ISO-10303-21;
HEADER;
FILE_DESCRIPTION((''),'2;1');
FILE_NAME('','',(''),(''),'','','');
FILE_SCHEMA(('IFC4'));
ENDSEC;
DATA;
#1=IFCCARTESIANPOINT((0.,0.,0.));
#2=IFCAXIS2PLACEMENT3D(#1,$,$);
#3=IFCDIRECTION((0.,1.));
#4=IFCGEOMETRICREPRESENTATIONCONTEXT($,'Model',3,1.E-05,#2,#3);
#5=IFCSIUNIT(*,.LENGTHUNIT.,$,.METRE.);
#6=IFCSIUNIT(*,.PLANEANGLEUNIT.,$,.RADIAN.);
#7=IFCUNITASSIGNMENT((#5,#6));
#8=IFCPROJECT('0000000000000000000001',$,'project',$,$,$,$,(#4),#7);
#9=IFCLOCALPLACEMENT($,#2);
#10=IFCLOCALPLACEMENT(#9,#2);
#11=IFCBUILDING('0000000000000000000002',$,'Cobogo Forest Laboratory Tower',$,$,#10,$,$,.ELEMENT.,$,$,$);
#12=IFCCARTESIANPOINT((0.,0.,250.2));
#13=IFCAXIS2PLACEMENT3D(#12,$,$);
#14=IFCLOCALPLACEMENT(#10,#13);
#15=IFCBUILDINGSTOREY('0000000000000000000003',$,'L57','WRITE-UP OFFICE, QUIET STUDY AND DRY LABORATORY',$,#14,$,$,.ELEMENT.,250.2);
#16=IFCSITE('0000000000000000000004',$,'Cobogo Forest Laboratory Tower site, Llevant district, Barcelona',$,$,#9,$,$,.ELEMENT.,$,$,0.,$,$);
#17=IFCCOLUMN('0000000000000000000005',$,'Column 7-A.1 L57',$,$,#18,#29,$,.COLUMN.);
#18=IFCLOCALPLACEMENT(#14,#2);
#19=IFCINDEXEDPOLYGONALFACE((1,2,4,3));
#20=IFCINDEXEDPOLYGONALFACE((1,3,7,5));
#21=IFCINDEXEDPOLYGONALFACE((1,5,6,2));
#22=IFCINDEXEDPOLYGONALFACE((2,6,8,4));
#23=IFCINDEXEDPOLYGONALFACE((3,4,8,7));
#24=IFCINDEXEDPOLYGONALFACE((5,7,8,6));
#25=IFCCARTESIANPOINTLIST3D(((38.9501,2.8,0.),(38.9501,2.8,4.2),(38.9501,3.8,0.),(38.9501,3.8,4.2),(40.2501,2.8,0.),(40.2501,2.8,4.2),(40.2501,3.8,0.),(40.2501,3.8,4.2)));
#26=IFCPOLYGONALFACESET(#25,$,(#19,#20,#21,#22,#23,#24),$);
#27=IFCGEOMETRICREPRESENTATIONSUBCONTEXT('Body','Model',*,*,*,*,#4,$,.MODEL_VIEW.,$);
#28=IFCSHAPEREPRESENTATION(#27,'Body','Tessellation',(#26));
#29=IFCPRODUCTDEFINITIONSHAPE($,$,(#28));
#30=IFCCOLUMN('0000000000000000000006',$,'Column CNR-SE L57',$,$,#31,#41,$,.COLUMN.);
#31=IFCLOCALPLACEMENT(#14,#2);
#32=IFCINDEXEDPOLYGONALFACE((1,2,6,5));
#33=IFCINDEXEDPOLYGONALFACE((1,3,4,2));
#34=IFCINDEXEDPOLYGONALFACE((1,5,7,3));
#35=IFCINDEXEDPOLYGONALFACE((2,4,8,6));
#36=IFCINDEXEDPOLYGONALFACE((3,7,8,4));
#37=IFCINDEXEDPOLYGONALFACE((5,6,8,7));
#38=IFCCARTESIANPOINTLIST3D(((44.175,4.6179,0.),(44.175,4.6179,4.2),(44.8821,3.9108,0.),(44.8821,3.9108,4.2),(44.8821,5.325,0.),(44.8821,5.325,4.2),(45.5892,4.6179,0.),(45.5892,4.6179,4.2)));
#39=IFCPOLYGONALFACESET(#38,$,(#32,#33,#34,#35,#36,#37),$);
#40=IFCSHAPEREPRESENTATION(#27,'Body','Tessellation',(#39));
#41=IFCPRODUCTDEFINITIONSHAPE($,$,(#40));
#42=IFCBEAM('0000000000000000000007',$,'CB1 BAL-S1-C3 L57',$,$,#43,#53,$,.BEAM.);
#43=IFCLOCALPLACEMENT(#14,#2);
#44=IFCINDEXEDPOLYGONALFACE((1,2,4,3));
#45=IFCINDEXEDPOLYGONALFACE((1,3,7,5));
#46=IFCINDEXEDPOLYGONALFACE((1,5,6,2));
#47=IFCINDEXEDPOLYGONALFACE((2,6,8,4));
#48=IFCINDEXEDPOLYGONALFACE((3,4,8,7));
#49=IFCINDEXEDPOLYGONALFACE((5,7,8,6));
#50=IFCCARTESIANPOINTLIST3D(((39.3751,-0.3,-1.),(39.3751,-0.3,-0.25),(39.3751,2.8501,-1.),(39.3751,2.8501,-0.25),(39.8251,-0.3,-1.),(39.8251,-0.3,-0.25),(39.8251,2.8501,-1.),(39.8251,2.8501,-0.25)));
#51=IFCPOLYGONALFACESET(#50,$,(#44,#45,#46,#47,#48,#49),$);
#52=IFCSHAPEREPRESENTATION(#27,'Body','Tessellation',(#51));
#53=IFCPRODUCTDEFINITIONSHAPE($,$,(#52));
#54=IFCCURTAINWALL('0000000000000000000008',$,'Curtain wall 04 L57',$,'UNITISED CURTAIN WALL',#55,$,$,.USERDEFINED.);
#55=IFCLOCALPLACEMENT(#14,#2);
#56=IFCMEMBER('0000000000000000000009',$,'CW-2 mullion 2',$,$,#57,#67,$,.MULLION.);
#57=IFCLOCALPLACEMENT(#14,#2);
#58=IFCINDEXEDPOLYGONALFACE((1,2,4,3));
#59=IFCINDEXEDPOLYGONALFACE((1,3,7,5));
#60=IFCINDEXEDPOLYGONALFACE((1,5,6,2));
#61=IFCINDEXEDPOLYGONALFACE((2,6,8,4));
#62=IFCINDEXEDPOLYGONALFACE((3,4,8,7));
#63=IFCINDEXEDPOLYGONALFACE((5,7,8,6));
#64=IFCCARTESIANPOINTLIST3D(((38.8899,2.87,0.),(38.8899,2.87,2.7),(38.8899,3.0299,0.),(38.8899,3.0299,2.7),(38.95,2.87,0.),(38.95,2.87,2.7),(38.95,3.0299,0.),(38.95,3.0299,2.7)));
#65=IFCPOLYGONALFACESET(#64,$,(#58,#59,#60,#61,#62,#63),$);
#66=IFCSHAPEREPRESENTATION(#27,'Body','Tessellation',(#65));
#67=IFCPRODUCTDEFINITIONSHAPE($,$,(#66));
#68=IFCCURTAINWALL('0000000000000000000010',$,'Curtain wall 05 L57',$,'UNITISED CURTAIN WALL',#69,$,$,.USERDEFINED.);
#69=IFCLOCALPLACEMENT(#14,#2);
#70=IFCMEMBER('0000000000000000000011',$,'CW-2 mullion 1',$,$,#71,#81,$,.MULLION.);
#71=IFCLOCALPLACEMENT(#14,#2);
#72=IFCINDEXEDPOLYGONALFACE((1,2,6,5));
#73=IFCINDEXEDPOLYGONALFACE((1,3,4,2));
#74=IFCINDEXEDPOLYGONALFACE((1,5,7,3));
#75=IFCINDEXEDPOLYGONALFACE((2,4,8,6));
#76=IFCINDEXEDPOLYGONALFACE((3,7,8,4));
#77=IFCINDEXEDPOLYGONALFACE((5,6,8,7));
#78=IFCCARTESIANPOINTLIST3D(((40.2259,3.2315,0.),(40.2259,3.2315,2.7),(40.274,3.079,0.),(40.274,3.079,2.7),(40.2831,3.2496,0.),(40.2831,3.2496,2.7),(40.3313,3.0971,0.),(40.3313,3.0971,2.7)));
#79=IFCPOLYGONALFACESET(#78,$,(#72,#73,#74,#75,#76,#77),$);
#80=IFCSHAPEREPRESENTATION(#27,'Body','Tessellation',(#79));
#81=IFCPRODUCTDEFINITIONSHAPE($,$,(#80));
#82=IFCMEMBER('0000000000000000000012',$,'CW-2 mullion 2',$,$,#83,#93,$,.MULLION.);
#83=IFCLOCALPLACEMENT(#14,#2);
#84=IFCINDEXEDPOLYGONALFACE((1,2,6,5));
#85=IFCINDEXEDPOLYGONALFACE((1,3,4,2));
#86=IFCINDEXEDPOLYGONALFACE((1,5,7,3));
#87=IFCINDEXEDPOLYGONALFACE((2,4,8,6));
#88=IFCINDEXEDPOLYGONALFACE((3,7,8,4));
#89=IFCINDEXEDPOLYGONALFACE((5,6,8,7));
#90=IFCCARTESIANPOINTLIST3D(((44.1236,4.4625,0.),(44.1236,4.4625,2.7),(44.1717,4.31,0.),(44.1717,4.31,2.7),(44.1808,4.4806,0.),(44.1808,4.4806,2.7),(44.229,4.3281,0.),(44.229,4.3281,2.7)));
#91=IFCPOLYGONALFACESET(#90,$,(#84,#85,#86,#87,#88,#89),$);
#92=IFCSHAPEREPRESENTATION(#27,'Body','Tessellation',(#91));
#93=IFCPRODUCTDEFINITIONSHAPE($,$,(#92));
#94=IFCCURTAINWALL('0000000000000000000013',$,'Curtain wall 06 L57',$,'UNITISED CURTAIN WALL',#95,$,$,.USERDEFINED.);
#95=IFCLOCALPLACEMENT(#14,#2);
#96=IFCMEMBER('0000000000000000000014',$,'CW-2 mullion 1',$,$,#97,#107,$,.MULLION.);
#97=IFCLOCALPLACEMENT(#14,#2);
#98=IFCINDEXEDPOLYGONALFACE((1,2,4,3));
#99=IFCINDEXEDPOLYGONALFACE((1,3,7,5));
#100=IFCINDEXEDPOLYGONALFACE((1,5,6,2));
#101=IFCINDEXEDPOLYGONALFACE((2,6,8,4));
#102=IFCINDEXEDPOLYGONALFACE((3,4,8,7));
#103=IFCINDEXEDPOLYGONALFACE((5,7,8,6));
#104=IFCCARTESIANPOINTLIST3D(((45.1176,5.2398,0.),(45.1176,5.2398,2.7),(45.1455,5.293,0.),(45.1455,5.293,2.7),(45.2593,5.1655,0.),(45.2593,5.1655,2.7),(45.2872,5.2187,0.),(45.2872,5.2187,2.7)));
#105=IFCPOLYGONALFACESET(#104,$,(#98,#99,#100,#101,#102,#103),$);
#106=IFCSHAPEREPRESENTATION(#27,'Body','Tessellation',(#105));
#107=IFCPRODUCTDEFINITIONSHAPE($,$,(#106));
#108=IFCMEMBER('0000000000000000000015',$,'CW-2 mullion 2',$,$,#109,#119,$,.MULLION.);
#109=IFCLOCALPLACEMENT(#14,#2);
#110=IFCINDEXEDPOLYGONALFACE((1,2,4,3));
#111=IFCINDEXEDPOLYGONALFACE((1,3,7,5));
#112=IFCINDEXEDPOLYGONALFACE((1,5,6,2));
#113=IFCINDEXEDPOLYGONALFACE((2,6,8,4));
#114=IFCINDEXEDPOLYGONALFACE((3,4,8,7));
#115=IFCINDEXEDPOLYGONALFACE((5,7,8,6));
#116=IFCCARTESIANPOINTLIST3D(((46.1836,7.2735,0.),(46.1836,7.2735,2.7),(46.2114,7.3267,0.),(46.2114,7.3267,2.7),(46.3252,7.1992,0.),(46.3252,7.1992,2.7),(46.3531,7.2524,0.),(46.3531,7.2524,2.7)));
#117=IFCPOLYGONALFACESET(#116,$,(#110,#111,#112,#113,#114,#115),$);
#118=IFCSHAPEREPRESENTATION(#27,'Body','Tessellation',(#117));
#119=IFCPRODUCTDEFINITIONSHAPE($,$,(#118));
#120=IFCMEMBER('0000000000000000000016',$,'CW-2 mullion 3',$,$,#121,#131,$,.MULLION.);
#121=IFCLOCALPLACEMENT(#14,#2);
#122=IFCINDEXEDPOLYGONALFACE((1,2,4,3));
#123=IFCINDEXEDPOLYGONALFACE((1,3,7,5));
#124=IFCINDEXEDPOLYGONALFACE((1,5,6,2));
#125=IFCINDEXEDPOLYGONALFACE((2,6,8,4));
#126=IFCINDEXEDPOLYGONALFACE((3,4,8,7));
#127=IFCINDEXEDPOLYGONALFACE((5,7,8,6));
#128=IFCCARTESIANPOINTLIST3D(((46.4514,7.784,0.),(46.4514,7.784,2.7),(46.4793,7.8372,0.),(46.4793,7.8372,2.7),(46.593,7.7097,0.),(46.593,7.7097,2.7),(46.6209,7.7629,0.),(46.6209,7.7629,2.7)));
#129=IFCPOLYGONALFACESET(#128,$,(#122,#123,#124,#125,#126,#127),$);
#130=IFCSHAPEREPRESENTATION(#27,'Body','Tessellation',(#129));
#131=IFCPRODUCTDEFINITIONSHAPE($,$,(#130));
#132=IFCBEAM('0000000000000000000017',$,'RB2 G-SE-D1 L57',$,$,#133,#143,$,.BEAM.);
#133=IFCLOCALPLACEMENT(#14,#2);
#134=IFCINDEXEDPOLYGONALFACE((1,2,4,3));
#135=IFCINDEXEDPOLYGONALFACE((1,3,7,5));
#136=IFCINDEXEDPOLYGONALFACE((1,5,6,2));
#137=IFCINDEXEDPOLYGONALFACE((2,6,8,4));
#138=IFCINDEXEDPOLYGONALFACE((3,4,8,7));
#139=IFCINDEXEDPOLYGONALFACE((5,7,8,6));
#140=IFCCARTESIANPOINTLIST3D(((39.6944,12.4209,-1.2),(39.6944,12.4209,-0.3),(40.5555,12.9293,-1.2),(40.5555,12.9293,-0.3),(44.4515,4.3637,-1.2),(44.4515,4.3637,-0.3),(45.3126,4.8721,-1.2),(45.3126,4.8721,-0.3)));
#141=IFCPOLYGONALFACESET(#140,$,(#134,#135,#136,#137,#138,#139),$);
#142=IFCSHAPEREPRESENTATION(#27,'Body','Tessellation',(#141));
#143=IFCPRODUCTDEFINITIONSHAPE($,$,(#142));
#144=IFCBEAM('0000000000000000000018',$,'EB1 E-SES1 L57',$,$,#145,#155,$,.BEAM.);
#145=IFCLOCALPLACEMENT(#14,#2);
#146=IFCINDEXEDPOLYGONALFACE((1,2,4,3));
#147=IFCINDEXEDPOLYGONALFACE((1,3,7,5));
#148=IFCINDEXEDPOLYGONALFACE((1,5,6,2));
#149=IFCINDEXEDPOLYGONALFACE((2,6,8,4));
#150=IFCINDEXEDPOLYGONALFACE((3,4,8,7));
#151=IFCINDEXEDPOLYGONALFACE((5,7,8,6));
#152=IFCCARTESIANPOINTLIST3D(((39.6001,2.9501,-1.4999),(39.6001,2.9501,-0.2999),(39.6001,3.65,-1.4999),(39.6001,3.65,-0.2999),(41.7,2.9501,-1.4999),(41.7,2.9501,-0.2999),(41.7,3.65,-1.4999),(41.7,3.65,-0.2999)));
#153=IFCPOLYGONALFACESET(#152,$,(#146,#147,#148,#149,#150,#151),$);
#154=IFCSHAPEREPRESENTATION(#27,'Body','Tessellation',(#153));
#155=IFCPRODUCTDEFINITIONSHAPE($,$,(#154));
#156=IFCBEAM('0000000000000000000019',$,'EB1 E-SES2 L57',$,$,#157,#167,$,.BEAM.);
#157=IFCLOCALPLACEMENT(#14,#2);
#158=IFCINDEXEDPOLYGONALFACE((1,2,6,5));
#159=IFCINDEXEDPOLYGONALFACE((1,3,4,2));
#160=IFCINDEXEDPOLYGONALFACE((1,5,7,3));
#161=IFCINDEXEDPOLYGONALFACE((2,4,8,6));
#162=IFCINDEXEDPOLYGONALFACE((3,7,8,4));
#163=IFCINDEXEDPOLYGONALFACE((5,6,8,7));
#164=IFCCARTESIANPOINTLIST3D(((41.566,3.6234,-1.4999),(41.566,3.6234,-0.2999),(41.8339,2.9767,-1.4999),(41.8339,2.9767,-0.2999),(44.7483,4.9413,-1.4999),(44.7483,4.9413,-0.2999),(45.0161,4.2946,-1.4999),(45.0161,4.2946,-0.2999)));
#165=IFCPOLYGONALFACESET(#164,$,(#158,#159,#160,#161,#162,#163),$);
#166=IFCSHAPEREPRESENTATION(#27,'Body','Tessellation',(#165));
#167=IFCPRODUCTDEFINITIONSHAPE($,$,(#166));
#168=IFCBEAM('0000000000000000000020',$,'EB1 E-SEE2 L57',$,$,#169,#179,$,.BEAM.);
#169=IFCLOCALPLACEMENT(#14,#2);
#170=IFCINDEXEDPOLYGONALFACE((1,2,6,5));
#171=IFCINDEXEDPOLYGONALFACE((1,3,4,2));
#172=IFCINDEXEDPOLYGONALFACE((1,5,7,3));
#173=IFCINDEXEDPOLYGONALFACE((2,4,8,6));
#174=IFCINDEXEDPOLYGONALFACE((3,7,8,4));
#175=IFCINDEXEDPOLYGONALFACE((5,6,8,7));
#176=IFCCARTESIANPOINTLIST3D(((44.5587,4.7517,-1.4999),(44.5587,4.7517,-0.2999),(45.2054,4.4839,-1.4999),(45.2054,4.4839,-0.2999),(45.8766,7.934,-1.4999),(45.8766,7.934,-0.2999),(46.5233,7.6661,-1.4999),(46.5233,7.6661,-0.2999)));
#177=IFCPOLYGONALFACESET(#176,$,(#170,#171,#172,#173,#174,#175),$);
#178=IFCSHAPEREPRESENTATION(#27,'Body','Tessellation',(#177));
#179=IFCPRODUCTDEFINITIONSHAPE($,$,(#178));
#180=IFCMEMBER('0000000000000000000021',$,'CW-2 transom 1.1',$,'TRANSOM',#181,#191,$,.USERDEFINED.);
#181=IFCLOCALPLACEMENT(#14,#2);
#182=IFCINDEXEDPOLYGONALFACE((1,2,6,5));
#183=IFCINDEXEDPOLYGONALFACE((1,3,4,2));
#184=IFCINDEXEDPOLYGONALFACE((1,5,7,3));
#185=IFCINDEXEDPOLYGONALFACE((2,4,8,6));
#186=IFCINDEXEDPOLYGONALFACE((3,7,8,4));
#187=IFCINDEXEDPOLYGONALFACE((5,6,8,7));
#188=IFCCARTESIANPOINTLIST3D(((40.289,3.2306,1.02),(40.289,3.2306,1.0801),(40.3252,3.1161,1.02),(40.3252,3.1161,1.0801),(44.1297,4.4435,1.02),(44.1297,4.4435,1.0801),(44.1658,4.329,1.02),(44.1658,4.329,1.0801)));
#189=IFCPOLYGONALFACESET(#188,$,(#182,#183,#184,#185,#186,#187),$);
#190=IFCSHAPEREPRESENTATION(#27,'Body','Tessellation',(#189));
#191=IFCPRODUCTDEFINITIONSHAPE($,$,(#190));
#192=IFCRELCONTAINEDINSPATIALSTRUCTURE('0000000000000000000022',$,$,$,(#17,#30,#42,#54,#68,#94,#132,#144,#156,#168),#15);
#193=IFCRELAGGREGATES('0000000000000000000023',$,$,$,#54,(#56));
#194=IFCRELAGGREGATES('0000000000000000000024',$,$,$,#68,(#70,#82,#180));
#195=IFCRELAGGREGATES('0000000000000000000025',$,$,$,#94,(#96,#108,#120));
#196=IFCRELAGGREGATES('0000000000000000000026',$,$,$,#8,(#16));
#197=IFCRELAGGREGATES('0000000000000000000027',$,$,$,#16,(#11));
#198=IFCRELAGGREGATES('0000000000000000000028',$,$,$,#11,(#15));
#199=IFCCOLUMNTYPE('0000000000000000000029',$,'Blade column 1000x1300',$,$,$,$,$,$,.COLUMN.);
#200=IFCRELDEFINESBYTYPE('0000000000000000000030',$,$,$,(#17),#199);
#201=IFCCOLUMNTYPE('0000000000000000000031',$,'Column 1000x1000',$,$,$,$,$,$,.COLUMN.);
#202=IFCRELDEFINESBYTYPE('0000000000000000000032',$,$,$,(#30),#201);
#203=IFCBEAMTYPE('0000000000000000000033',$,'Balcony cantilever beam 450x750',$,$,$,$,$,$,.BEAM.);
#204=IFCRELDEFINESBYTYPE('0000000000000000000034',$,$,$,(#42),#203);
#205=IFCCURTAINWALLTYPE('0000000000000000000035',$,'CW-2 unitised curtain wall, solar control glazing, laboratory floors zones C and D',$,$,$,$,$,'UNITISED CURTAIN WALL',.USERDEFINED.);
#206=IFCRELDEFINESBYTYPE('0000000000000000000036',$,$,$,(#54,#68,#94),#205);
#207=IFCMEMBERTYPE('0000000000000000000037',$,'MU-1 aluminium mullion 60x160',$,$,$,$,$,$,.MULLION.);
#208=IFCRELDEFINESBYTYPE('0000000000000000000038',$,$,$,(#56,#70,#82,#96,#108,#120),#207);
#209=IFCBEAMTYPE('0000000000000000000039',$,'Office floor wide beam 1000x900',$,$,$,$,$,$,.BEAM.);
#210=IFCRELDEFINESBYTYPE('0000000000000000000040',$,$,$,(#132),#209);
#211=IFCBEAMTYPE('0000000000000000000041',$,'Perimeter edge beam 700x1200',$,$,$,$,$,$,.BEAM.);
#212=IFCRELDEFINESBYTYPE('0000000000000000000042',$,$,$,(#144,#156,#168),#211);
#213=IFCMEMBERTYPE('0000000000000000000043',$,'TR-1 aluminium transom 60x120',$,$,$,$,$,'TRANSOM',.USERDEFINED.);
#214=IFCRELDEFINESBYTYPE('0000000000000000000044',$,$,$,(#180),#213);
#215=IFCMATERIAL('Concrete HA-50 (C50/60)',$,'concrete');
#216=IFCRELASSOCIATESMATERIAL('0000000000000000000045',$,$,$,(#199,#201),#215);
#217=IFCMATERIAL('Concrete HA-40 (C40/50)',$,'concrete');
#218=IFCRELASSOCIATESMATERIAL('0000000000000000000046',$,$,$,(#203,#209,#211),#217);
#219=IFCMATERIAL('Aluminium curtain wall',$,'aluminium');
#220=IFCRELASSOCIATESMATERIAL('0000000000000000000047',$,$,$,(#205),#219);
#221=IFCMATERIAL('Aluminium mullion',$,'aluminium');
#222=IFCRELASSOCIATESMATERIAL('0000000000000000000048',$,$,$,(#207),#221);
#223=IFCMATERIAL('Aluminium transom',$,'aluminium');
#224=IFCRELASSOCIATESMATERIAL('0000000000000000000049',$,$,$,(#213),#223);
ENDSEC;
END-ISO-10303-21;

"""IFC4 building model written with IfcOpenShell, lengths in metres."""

from ifc_helpers import new_model, si_unit, direction, frame, origin, origin_2d, place, context, subcontext, project, spatial, rectangle, extrude, material, material_profile, profile_set, type_object, element, aggregate, save


model = new_model("IFC4")

# Units and contexts
model_context = context("Model", 3, precision=1e-05, world=origin(), true_north=direction((0.0, 1.0)))
body_context = subcontext(model_context, "Body", "Model", "MODEL_VIEW")
ifc_project = project(units=[si_unit("LENGTHUNIT", "METRE"), si_unit("PLANEANGLEUNIT", "RADIAN")], contexts=[model_context])

# Site, building, storey
site_placement = place(None, origin())
site = spatial("IfcSite", under=ifc_project, at=site_placement, Name="Cobogo Forest Laboratory Tower site, Llevant district, Barcelona", CompositionType="ELEMENT", RefElevation=0.0)
building_placement = place(site_placement, origin())
building = spatial("IfcBuilding", under=site, at=building_placement, Name="Cobogo Forest Laboratory Tower", CompositionType="ELEMENT")
storey_placement = place(building_placement, frame((0.0, 0.0, 250.2)))
storey = spatial("IfcBuildingStorey", under=building, at=storey_placement, Name="L57", Description="WRITE-UP OFFICE, QUIET STUDY AND DRY LABORATORY", CompositionType="ELEMENT", Elevation=250.2)

# Columns
ifc_material_1 = material(Name="Concrete HA-50 (C50/60)", Category="concrete")
ifc_material_profile_1 = material_profile(ifc_material_1, rectangle(XDim=1.3, YDim=1.0, at=origin_2d()), Name="RC 1000x1300")
ifc_profile_set_1 = profile_set([ifc_material_profile_1], Name="Concrete HA-50 (C50/60)")
column_type_1 = type_object("IfcColumnType", Name="Blade column 1000x1300", PredefinedType="COLUMN", material=ifc_profile_set_1)
column_1_placement = place(storey_placement, frame((39.6001, 3.3, 0.0), z_axis=(0.0, 0.0, 1.0), x_axis=(1.0, 0.0, 0.0)))
element("IfcColumn", 1, at=column_1_placement, inside=storey, type_object=column_type_1, Name="Column 7-A.1 L57", PredefinedType="COLUMN", context=body_context, shape_type="SweptSolid", body=[
    extrude(rectangle(XDim=1.3, YDim=1.0, at=origin_2d()), origin(), (0.0, 0.0, 1.0), 4.2),
])
ifc_material_profile_2 = material_profile(ifc_material_1, rectangle(XDim=1.0, YDim=1.0, at=origin_2d()), Name="RC 1000x1000")
ifc_profile_set_2 = profile_set([ifc_material_profile_2], Name="Concrete HA-50 (C50/60)")
column_type_2 = type_object("IfcColumnType", Name="Column 1000x1000", PredefinedType="COLUMN", material=ifc_profile_set_2)
column_2_placement = place(storey_placement, frame((44.8821, 4.6179, 0.0), z_axis=(0.0, 0.0, 1.0), x_axis=(0.707107, 0.707107, 0.0)))
element("IfcColumn", 2, at=column_2_placement, inside=storey, type_object=column_type_2, Name="Column CNR-SE L57", PredefinedType="COLUMN", context=body_context, shape_type="SweptSolid", body=[
    extrude(rectangle(XDim=1.0, YDim=1.0, at=origin_2d()), origin(), (0.0, 0.0, 1.0), 4.2),
])

# Beam
ifc_material_2 = material(Name="Concrete HA-40 (C40/50)", Category="concrete")
ifc_material_profile_3 = material_profile(ifc_material_2, rectangle(XDim=0.45, YDim=0.75, at=origin_2d()), Name="RC 450x750")
ifc_profile_set_3 = profile_set([ifc_material_profile_3], Name="Concrete HA-40 (C40/50)")
beam_type_1 = type_object("IfcBeamType", Name="Balcony cantilever beam 450x750", PredefinedType="BEAM", material=ifc_profile_set_3)
beam_1_placement = place(storey_placement, frame((39.6001, 2.8501, -0.625), z_axis=(0.0, -1.0, 0.0), x_axis=(1.0, 0.0, 0.0)))
element("IfcBeam", 3, at=beam_1_placement, inside=storey, type_object=beam_type_1, Name="CB1 BAL-S1-C3 L57", PredefinedType="BEAM", context=body_context, shape_type="SweptSolid", body=[
    extrude(rectangle(XDim=0.45, YDim=0.75, at=origin_2d()), origin(), (0.0, 0.0, 1.0), 3.1501),
])

# Curtain wall, member
ifc_material_3 = material(Name="Aluminium curtain wall", Category="aluminium")
curtain_wall_type = type_object("IfcCurtainWallType", Name="CW-2 unitised curtain wall, solar control glazing, laboratory floors zones C and D", ElementType="UNITISED CURTAIN WALL", PredefinedType="USERDEFINED", material=ifc_material_3)
curtain_wall_1_placement = place(storey_placement, origin())
curtain_wall_1 = element("IfcCurtainWall", 4, at=curtain_wall_1_placement, inside=storey, type_object=curtain_wall_type, Name="Curtain wall 04 L57", ObjectType="UNITISED CURTAIN WALL", PredefinedType="USERDEFINED")
ifc_material_4 = material(Name="Aluminium mullion", Category="aluminium")
ifc_material_profile_4 = material_profile(ifc_material_4, rectangle(XDim=0.0601, YDim=0.1599, at=origin_2d()), Name="AL 60x160")
ifc_profile_set_4 = profile_set([ifc_material_profile_4], Name="Aluminium mullion")
member_type_1 = type_object("IfcMemberType", Name="MU-1 aluminium mullion 60x160", PredefinedType="MULLION", material=ifc_profile_set_4)
member_1_placement = place(storey_placement, frame((38.9199, 2.95, 0.0), z_axis=(0.0, 0.0, 1.0), x_axis=(1.0, 0.0, 0.0)))
member_1 = element("IfcMember", 5, at=member_1_placement, type_object=member_type_1, Name="CW-2 mullion 2", PredefinedType="MULLION", context=body_context, shape_type="SweptSolid", body=[
    extrude(rectangle(XDim=0.0601, YDim=0.1599, at=origin_2d()), origin(), (0.0, 0.0, 1.0), 2.7),
])
aggregate(curtain_wall_1, [member_1])

# Curtain walls, members
curtain_wall_2_placement = place(storey_placement, origin())
curtain_wall_2 = element("IfcCurtainWall", 6, at=curtain_wall_2_placement, inside=storey, type_object=curtain_wall_type, Name="Curtain wall 05 L57", ObjectType="UNITISED CURTAIN WALL", PredefinedType="USERDEFINED")
member_2_placement = place(storey_placement, frame((40.2786, 3.1643, 0.0), z_axis=(0.0, 0.0, 1.0), x_axis=(0.953581, 0.301135, 0.0)))
member_2 = element("IfcMember", 7, at=member_2_placement, type_object=member_type_1, Name="CW-2 mullion 1", PredefinedType="MULLION", context=body_context, shape_type="SweptSolid", body=[
    extrude(rectangle(XDim=0.0601, YDim=0.1599, at=origin_2d()), origin(), (0.0, 0.0, 1.0), 2.7),
])
member_3_placement = place(storey_placement, frame((44.1763, 4.3953, 0.0), z_axis=(0.0, 0.0, 1.0), x_axis=(0.953581, 0.301135, 0.0)))
member_3 = element("IfcMember", 8, at=member_3_placement, type_object=member_type_1, Name="CW-2 mullion 2", PredefinedType="MULLION", context=body_context, shape_type="SweptSolid", body=[
    extrude(rectangle(XDim=0.0601, YDim=0.1599, at=origin_2d()), origin(), (0.0, 0.0, 1.0), 2.7),
])
curtain_wall_3_placement = place(storey_placement, origin())
curtain_wall_3 = element("IfcCurtainWall", 9, at=curtain_wall_3_placement, inside=storey, type_object=curtain_wall_type, Name="Curtain wall 06 L57", ObjectType="UNITISED CURTAIN WALL", PredefinedType="USERDEFINED")
member_4_placement = place(storey_placement, frame((45.2024, 5.2292, 0.0), z_axis=(0.0, 0.0, 1.0), x_axis=(0.464284, 0.885686, 0.0)))
member_4 = element("IfcMember", 10, at=member_4_placement, type_object=member_type_1, Name="CW-2 mullion 1", PredefinedType="MULLION", context=body_context, shape_type="SweptSolid", body=[
    extrude(rectangle(XDim=0.0601, YDim=0.1599, at=origin_2d()), origin(), (0.0, 0.0, 1.0), 2.7),
])
member_5_placement = place(storey_placement, frame((46.2683, 7.2629, 0.0), z_axis=(0.0, 0.0, 1.0), x_axis=(0.464284, 0.885686, 0.0)))
member_5 = element("IfcMember", 11, at=member_5_placement, type_object=member_type_1, Name="CW-2 mullion 2", PredefinedType="MULLION", context=body_context, shape_type="SweptSolid", body=[
    extrude(rectangle(XDim=0.0601, YDim=0.1599, at=origin_2d()), origin(), (0.0, 0.0, 1.0), 2.7),
])
member_6_placement = place(storey_placement, frame((46.5361, 7.7734, 0.0), z_axis=(0.0, 0.0, 1.0), x_axis=(0.464284, 0.885686, 0.0)))
member_6 = element("IfcMember", 12, at=member_6_placement, type_object=member_type_1, Name="CW-2 mullion 3", PredefinedType="MULLION", context=body_context, shape_type="SweptSolid", body=[
    extrude(rectangle(XDim=0.0601, YDim=0.1599, at=origin_2d()), origin(), (0.0, 0.0, 1.0), 2.7),
])

# Beams
ifc_material_profile_5 = material_profile(ifc_material_2, rectangle(XDim=1.0, YDim=0.8999, at=origin_2d()), Name="RC 1000x900")
ifc_profile_set_5 = profile_set([ifc_material_profile_5], Name="Concrete HA-40 (C40/50)")
beam_type_2 = type_object("IfcBeamType", Name="Office floor wide beam 1000x900", PredefinedType="BEAM", material=ifc_profile_set_5)
beam_2_placement = place(storey_placement, frame((44.8821, 4.6179, -0.75), z_axis=(-0.508416, 0.861111, 0.0), x_axis=(-0.861111, -0.508416, 0.0)))
element("IfcBeam", 13, at=beam_2_placement, inside=storey, type_object=beam_type_2, Name="RB2 G-SE-D1 L57", PredefinedType="BEAM", context=body_context, shape_type="SweptSolid", body=[
    extrude(rectangle(XDim=1.0, YDim=0.8999, at=origin_2d()), origin(), (0.0, 0.0, 1.0), 9.3567),
])
ifc_material_profile_6 = material_profile(ifc_material_2, rectangle(XDim=0.7, YDim=1.2, at=origin_2d()), Name="RC 700x1200")
ifc_profile_set_6 = profile_set([ifc_material_profile_6], Name="Concrete HA-40 (C40/50)")
beam_type_3 = type_object("IfcBeamType", Name="Perimeter edge beam 700x1200", PredefinedType="BEAM", material=ifc_profile_set_6)
beam_3_placement = place(storey_placement, frame((39.6001, 3.3, -0.8999), z_axis=(1.0, 0.0, 0.0), x_axis=(0.0, 1.0, 0.0)))
element("IfcBeam", 14, at=beam_3_placement, inside=storey, type_object=beam_type_3, Name="EB1 E-SES1 L57", PredefinedType="BEAM", context=body_context, shape_type="SweptSolid", body=[
    extrude(rectangle(XDim=0.7, YDim=1.2, at=origin_2d()), origin(), (0.0, 0.0, 1.0), 2.0999),
])
for number, where, z_axis, x_axis, name in (
    (15, (41.7, 3.3, -0.8999), (0.923901, 0.382631, 0.0), (-0.382631, 0.923901, 0.0), "EB1 E-SES2 L57"),
    (16, (46.2, 7.8, -0.8999), (-0.382631, -0.923901, 0.0), (0.923901, -0.382631, 0.0), "EB1 E-SEE2 L57"),
):
    element("IfcBeam", number, at=place(storey_placement, frame(where, z_axis=z_axis, x_axis=x_axis)), inside=storey, type_object=beam_type_3, Name=name, PredefinedType="BEAM", context=body_context, shape_type="SweptSolid", body=[
        extrude(rectangle(XDim=0.7, YDim=1.2, at=origin_2d()), origin(), (0.0, 0.0, 1.0), 3.4443),
    ])

# Member
ifc_material_5 = material(Name="Aluminium transom", Category="aluminium")
ifc_material_profile_7 = material_profile(ifc_material_5, rectangle(XDim=0.1201, YDim=0.0601, at=origin_2d()), Name="AL 60x120")
ifc_profile_set_7 = profile_set([ifc_material_profile_7], Name="Aluminium transom")
member_type_2 = type_object("IfcMemberType", Name="TR-1 aluminium transom 60x120", ElementType="TRANSOM", PredefinedType="USERDEFINED", material=ifc_profile_set_7)
member_7_placement = place(storey_placement, frame((40.3071, 3.1733, 1.05), z_axis=(0.953577, 0.301149, 0.0), x_axis=(-0.301149, 0.953577, 0.0)))
member_7 = element("IfcMember", 17, at=member_7_placement, type_object=member_type_2, Name="CW-2 transom 1.1", ObjectType="TRANSOM", PredefinedType="USERDEFINED", context=body_context, shape_type="SweptSolid", body=[
    extrude(rectangle(XDim=0.1201, YDim=0.0601, at=origin_2d()), origin(), (0.0, 0.0, 1.0), 4.0276),
])

aggregate(curtain_wall_2, [member_2, member_3, member_7])
aggregate(curtain_wall_3, [member_4, member_5, member_6])

save(model, "model.ifc")
